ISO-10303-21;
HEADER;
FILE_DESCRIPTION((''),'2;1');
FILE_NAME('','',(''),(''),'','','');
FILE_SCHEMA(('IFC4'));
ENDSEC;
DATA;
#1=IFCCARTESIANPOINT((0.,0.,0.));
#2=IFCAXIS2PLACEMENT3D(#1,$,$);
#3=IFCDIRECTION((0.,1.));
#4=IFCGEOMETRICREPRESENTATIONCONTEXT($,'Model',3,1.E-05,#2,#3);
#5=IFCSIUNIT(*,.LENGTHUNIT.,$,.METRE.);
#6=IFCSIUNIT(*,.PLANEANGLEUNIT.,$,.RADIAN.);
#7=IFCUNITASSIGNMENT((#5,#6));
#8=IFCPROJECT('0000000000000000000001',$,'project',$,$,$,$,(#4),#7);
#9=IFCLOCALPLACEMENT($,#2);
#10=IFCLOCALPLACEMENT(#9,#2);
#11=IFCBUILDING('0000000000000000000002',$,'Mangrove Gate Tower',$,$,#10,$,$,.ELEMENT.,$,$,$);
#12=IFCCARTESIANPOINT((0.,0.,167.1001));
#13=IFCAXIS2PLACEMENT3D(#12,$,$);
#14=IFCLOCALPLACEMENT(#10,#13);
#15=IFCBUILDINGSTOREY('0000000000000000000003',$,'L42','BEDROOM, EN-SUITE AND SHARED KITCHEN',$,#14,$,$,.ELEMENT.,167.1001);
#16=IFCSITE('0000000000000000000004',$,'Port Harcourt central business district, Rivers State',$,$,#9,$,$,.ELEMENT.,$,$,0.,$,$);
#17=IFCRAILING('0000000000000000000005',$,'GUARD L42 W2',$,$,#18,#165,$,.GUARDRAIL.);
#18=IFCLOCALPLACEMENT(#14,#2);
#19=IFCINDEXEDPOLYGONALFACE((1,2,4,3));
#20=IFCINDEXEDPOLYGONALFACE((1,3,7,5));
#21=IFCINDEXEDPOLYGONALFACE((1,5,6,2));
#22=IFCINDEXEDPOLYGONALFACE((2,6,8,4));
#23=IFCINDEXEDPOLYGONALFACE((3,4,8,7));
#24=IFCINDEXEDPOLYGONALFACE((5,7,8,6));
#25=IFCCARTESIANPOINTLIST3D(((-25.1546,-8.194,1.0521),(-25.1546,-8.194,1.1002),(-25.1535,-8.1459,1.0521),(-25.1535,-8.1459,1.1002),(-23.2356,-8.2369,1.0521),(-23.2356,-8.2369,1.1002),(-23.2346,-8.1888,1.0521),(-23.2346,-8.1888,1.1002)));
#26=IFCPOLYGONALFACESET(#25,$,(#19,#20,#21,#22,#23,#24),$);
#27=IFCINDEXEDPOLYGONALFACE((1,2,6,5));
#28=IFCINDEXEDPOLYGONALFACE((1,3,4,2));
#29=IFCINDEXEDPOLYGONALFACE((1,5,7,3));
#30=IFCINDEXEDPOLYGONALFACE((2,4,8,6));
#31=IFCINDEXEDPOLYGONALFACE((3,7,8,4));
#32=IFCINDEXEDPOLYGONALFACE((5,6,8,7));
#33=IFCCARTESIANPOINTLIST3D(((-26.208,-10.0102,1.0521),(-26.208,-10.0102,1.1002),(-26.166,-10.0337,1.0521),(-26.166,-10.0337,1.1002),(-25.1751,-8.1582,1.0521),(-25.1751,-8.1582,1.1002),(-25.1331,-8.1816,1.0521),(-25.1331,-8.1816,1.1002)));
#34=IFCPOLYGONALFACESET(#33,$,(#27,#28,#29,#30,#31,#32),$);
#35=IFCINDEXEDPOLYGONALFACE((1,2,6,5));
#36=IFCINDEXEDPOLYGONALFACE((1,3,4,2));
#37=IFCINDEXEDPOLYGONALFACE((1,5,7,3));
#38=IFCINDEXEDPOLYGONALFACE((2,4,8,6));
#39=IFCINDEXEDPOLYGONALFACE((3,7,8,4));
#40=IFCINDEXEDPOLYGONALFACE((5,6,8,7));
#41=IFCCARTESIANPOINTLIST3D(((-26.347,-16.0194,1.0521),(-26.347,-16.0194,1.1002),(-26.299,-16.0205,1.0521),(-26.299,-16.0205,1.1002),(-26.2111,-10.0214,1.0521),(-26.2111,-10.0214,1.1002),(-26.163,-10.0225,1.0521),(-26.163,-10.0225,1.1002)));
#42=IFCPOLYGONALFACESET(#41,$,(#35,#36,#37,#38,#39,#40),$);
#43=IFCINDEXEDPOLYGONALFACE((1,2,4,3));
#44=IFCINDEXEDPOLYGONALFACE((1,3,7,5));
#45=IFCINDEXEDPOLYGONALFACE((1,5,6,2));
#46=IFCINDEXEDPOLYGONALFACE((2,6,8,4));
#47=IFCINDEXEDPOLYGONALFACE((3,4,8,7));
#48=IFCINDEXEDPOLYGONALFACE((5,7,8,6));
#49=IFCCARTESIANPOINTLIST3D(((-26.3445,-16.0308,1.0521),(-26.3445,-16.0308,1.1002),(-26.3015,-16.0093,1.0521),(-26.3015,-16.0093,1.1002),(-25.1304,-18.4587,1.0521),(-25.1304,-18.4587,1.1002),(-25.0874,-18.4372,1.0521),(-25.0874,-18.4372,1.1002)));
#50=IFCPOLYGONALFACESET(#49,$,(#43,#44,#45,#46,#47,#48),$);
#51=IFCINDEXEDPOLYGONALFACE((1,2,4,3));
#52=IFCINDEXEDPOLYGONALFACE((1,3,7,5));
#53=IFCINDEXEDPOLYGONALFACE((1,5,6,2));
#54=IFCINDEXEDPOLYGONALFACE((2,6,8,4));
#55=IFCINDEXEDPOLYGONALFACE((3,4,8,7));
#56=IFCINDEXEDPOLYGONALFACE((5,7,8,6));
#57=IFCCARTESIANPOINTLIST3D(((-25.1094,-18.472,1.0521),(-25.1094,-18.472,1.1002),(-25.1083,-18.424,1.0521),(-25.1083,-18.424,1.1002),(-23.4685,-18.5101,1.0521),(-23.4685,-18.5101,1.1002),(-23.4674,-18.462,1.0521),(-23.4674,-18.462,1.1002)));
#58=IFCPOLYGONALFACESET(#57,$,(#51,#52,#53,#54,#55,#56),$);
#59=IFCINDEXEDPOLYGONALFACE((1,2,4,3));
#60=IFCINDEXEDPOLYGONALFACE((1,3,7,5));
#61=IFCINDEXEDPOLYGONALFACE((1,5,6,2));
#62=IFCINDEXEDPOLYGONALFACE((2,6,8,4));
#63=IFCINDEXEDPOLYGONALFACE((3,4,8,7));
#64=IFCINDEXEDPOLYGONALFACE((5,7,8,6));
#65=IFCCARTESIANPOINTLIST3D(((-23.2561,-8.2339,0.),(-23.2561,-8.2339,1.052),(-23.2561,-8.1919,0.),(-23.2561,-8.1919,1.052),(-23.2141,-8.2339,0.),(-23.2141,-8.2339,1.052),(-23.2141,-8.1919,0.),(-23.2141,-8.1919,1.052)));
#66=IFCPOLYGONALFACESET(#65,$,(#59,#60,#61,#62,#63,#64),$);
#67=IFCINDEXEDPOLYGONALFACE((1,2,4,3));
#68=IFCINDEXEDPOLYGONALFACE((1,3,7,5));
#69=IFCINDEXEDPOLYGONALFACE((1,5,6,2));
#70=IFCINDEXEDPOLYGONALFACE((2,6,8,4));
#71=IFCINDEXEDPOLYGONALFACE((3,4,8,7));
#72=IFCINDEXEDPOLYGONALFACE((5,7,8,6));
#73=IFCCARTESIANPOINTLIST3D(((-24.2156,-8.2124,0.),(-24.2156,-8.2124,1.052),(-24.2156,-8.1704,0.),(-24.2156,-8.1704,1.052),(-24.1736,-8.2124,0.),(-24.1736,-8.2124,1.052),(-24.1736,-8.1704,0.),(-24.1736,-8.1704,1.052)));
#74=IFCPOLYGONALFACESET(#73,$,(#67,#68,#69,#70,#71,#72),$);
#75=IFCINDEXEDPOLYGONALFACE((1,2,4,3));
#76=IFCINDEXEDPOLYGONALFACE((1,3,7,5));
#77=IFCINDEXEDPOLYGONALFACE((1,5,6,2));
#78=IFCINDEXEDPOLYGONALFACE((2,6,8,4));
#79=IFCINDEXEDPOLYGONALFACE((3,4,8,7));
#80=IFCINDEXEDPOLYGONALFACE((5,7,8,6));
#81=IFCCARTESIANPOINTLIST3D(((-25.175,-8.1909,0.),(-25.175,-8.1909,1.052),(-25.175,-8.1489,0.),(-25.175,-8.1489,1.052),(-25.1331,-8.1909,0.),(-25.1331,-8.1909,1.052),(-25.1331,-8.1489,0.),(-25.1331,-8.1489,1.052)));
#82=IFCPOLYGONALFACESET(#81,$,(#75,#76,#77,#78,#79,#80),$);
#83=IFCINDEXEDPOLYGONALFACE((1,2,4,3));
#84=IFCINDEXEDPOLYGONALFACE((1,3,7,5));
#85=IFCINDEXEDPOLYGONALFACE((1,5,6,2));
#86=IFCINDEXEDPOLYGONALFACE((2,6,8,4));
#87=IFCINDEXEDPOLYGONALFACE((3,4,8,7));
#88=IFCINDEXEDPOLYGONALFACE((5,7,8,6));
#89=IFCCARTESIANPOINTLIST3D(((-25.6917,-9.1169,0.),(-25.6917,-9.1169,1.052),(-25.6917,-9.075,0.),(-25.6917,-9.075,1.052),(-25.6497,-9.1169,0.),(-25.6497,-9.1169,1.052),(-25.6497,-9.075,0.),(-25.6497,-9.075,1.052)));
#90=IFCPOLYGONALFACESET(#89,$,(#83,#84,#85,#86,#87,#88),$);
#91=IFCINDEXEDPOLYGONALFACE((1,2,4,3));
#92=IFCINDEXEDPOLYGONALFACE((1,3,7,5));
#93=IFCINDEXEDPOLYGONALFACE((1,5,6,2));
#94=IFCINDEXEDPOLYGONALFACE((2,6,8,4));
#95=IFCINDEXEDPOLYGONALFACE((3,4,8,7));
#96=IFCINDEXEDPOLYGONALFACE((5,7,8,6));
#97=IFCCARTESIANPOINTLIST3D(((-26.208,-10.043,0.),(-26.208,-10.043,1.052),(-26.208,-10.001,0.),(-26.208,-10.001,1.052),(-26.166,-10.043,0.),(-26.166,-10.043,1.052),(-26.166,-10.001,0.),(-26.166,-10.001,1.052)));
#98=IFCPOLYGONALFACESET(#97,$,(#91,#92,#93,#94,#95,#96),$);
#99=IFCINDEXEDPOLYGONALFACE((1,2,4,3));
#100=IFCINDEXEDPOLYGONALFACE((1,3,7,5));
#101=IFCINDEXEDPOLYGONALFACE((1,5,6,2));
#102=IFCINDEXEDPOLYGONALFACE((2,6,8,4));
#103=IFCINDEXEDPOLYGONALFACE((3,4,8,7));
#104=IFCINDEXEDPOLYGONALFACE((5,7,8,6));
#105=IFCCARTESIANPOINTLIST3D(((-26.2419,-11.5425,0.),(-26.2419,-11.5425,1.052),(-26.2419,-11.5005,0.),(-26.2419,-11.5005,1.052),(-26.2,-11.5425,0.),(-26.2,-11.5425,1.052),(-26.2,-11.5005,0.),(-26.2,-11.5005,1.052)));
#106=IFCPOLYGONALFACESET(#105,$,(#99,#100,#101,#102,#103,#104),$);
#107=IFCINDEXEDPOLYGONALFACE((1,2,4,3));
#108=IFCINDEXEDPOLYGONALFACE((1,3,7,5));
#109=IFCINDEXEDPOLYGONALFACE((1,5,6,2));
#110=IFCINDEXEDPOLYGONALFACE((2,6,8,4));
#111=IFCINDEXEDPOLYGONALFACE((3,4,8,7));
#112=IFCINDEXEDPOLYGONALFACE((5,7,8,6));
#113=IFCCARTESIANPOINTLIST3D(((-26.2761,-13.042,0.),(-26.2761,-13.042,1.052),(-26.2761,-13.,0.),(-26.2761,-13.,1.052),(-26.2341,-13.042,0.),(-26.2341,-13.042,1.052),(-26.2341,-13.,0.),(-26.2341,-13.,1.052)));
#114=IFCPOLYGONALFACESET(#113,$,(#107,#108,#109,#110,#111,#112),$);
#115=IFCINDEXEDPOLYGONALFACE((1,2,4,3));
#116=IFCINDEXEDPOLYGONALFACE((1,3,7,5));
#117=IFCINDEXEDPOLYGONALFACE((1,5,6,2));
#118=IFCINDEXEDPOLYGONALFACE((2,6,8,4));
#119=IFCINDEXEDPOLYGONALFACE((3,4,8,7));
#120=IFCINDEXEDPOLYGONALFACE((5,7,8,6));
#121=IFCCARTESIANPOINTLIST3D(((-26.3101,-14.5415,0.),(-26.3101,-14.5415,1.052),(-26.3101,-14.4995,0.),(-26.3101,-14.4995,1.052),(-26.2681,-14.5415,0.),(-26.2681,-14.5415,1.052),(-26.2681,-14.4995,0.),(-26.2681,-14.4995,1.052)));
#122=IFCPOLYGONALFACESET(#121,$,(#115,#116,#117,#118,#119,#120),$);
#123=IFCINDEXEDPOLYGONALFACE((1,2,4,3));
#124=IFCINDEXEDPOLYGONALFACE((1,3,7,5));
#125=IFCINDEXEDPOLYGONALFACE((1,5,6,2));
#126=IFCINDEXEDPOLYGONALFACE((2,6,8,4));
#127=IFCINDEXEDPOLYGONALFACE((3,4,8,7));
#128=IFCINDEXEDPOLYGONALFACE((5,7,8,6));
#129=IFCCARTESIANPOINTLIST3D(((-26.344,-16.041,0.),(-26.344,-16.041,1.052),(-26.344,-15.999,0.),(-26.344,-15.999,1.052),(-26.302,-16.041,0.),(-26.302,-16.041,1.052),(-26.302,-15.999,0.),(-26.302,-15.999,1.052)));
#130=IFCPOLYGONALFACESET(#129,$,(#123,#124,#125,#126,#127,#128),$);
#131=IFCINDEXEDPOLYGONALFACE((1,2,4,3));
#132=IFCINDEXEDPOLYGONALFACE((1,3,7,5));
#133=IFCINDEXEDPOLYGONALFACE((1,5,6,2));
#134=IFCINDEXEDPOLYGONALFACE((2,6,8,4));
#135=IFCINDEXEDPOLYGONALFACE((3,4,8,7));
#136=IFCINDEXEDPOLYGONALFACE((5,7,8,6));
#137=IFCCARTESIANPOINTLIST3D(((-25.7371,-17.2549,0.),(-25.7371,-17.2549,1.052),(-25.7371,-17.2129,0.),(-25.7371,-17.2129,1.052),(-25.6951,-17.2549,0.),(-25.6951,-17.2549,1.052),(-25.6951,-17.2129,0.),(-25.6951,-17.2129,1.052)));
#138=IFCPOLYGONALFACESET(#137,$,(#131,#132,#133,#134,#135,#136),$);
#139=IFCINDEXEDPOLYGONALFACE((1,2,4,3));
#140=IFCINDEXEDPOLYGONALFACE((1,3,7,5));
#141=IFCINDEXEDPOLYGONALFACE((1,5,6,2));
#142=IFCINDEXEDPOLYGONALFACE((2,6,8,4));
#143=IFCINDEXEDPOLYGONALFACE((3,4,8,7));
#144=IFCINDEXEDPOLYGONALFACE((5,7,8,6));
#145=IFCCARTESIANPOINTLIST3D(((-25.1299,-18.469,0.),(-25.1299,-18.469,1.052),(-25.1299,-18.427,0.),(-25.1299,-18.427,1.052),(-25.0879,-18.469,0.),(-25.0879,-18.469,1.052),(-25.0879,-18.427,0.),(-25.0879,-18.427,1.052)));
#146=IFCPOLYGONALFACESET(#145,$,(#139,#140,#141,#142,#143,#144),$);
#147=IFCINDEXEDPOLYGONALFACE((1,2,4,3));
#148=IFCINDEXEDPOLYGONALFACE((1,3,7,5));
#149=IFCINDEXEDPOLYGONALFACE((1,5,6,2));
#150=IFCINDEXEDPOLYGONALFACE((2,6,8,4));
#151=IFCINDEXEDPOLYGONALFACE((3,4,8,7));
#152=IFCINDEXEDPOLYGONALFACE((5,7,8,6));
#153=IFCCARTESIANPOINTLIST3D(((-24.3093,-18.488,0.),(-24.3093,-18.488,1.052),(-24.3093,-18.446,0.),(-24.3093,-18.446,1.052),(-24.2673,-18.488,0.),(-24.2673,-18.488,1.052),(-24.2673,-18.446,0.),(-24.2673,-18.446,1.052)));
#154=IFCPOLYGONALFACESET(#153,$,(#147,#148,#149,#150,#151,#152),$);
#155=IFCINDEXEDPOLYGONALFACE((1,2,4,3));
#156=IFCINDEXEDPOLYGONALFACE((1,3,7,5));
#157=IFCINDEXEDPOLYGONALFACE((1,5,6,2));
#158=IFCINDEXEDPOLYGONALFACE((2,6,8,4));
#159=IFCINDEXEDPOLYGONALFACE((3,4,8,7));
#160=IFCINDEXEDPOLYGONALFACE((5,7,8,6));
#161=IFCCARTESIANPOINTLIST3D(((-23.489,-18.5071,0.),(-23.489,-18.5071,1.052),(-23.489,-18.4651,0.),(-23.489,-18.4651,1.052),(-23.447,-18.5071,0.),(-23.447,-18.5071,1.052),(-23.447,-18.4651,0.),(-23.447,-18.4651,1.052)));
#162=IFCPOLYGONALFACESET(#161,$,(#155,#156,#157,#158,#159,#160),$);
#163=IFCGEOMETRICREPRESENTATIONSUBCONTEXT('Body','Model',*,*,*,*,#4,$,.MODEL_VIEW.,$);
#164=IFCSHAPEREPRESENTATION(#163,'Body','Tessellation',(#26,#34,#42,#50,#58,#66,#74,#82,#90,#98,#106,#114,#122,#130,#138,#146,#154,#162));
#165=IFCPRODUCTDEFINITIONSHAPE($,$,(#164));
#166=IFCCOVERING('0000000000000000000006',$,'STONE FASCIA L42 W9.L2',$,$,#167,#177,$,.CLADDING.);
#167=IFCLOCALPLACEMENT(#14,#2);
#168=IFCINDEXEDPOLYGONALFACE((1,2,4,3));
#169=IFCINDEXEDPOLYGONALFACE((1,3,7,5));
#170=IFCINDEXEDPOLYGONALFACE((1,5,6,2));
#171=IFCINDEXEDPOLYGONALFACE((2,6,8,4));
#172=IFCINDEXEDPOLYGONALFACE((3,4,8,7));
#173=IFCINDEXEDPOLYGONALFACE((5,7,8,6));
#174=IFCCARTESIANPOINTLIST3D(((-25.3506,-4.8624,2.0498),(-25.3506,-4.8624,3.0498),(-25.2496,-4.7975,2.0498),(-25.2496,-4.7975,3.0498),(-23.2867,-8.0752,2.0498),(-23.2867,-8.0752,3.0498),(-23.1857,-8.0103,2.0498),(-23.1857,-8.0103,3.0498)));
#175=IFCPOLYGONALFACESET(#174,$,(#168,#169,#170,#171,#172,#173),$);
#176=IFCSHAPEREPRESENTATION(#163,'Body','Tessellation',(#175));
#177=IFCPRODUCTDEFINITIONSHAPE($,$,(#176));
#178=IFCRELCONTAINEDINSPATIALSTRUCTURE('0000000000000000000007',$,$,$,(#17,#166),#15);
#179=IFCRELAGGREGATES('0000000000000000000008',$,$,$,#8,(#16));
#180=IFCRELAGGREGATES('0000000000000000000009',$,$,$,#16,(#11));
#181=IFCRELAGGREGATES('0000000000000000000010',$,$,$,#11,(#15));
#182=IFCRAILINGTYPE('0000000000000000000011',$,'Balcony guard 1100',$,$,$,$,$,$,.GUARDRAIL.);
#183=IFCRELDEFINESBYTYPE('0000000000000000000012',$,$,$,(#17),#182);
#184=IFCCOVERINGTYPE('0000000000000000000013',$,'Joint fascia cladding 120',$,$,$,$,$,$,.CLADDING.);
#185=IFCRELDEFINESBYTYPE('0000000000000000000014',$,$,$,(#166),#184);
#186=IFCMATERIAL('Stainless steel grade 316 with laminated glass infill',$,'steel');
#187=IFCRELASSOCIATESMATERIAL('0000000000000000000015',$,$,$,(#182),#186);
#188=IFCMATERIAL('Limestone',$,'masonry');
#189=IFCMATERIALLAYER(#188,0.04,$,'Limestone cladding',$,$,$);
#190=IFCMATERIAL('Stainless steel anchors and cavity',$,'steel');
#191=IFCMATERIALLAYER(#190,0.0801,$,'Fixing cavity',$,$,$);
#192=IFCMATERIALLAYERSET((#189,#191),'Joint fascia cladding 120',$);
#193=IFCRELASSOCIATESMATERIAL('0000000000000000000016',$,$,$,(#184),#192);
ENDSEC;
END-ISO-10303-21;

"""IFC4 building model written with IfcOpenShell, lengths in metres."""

from ifc_helpers import new_model, si_unit, direction, frame, frame_2d, origin, origin_2d, place, context, subcontext, project, spatial, rectangle, extrude, material, layer, layer_set, type_object, element, save


model = new_model("IFC4")

# Units and contexts
model_context = context("Model", 3, precision=1e-05, world=origin(), true_north=direction((0.0, 1.0)))
body_context = subcontext(model_context, "Body", "Model", "MODEL_VIEW")
ifc_project = project(units=[si_unit("LENGTHUNIT", "METRE"), si_unit("PLANEANGLEUNIT", "RADIAN")], contexts=[model_context])

# Site, building, storey
site_placement = place(None, origin())
site = spatial("IfcSite", under=ifc_project, at=site_placement, Name="Port Harcourt central business district, Rivers State", CompositionType="ELEMENT", RefElevation=0.0)
building_placement = place(site_placement, origin())
building = spatial("IfcBuilding", under=site, at=building_placement, Name="Mangrove Gate Tower", CompositionType="ELEMENT")
storey_placement = place(building_placement, frame((0.0, 0.0, 167.1001)))
storey = spatial("IfcBuildingStorey", under=building, at=storey_placement, Name="L42", Description="BEDROOM, EN-SUITE AND SHARED KITCHEN", CompositionType="ELEMENT", Elevation=167.1001)

# Shared definitions
ifc_material_1 = material(Name="Limestone", Category="masonry")

# Railing
ifc_material_2 = material(Name="Stainless steel grade 316 with laminated glass infill", Category="steel")
railing_type = type_object("IfcRailingType", Name="Balcony guard 1100", PredefinedType="GUARDRAIL", material=ifc_material_2)
railing_placement = place(storey_placement, frame((-23.2351, -8.2129, 0.0)))
element("IfcRailing", 1, at=railing_placement, inside=storey, type_object=railing_type, Name="GUARD L42 W2", PredefinedType="GUARDRAIL", context=body_context, shape_type="SweptSolid", body=[
    extrude(rectangle(XDim=0.0481, YDim=0.0481, at=origin_2d()), frame((0.0, 0.0, 1.0762), z_axis=(-0.999749, 0.022386, 0.0), x_axis=(-0.022386, -0.999749, 0.0)), (0.0, 0.0, 1.0), 1.9194),
    extrude(rectangle(XDim=0.0481, YDim=0.0481, at=origin_2d()), frame((-1.9189, 0.043, 1.0762), z_axis=(-0.487099, -0.873347, 0.0), x_axis=(0.873347, -0.487099, 0.0)), (0.0, 0.0, 1.0), 2.1206),
    extrude(rectangle(XDim=0.0481, YDim=0.0481, at=origin_2d()), frame((-2.9519, -1.8091, 1.0762), z_axis=(-0.022666, -0.999743, 0.0), x_axis=(0.999743, -0.022666, 0.0)), (0.0, 0.0, 1.0), 5.9995),
    extrude(rectangle(XDim=0.0481, YDim=0.0481, at=origin_2d()), frame((-3.0879, -7.8071, 1.0762), z_axis=(0.44725, -0.894409, 0.0), x_axis=(0.894409, 0.44725, 0.0)), (0.0, 0.0, 1.0), 2.7146),
    extrude(rectangle(XDim=0.0481, YDim=0.0481, at=origin_2d()), frame((-1.8738, -10.2351, 1.0762), z_axis=(0.999731, -0.023205, 0.0), x_axis=(0.023205, 0.999731, 0.0)), (0.0, 0.0, 1.0), 1.6414),
    extrude(rectangle(XDim=0.042, YDim=0.042, at=origin_2d()), origin(), (0.0, 0.0, 1.0), 1.052),
    extrude(rectangle(XDim=0.042, YDim=0.042, at=origin_2d()), frame((-0.9595, 0.0215, 0.0)), (0.0, 0.0, 1.0), 1.052),
    extrude(rectangle(XDim=0.042, YDim=0.042, at=origin_2d()), frame((-1.9189, 0.043, 0.0)), (0.0, 0.0, 1.0), 1.052),
    extrude(rectangle(XDim=0.042, YDim=0.042, at=origin_2d()), frame((-2.4355, -0.8831, 0.0)), (0.0, 0.0, 1.0), 1.052),
    extrude(rectangle(XDim=0.042, YDim=0.042, at=origin_2d()), frame((-2.9519, -1.8091, 0.0)), (0.0, 0.0, 1.0), 1.052),
    extrude(rectangle(XDim=0.042, YDim=0.042, at=origin_2d()), frame((-2.9858, -3.3086, 0.0)), (0.0, 0.0, 1.0), 1.052),
    extrude(rectangle(XDim=0.042, YDim=0.042, at=origin_2d()), frame((-3.02, -4.8081, 0.0)), (0.0, 0.0, 1.0), 1.052),
    extrude(rectangle(XDim=0.042, YDim=0.042, at=origin_2d()), frame((-3.054, -6.3076, 0.0)), (0.0, 0.0, 1.0), 1.052),
    extrude(rectangle(XDim=0.042, YDim=0.042, at=origin_2d()), frame((-3.0879, -7.8071, 0.0)), (0.0, 0.0, 1.0), 1.052),
    extrude(rectangle(XDim=0.042, YDim=0.042, at=origin_2d()), frame((-2.481, -9.021, 0.0)), (0.0, 0.0, 1.0), 1.052),
    extrude(rectangle(XDim=0.042, YDim=0.042, at=origin_2d()), frame((-1.8738, -10.2351, 0.0)), (0.0, 0.0, 1.0), 1.052),
    extrude(rectangle(XDim=0.042, YDim=0.042, at=origin_2d()), frame((-1.0532, -10.2542, 0.0)), (0.0, 0.0, 1.0), 1.052),
    extrude(rectangle(XDim=0.042, YDim=0.042, at=origin_2d()), frame((-0.2329, -10.2732, 0.0)), (0.0, 0.0, 1.0), 1.052),
])

# Covering
ifc_layer_1 = layer(ifc_material_1, 0.04, Name="Limestone cladding")
ifc_material_3 = material(Name="Stainless steel anchors and cavity", Category="steel")
ifc_layer_2 = layer(ifc_material_3, 0.0801, Name="Fixing cavity")
ifc_layer_set_1 = layer_set([ifc_layer_1, ifc_layer_2], Name="Joint fascia cladding 120")
covering_type = type_object("IfcCoveringType", Name="Joint fascia cladding 120", PredefinedType="CLADDING", material=ifc_layer_set_1)
covering_placement = place(storey_placement, frame((-25.3, -4.8301, 2.0498), z_axis=(0.0, 0.0, 1.0), x_axis=(0.540486, -0.841353, 0.0)))
element("IfcCovering", 2, at=covering_placement, inside=storey, type_object=covering_type, Name="STONE FASCIA L42 W9.L2", PredefinedType="CLADDING", context=body_context, shape_type="SweptSolid", body=[
    extrude(rectangle(XDim=3.8186, YDim=0.1201, at=frame_2d((1.9092, 0.0))), origin(), (0.0, 0.0, 1.0), 1.0),
])

save(model, "model.ifc")
